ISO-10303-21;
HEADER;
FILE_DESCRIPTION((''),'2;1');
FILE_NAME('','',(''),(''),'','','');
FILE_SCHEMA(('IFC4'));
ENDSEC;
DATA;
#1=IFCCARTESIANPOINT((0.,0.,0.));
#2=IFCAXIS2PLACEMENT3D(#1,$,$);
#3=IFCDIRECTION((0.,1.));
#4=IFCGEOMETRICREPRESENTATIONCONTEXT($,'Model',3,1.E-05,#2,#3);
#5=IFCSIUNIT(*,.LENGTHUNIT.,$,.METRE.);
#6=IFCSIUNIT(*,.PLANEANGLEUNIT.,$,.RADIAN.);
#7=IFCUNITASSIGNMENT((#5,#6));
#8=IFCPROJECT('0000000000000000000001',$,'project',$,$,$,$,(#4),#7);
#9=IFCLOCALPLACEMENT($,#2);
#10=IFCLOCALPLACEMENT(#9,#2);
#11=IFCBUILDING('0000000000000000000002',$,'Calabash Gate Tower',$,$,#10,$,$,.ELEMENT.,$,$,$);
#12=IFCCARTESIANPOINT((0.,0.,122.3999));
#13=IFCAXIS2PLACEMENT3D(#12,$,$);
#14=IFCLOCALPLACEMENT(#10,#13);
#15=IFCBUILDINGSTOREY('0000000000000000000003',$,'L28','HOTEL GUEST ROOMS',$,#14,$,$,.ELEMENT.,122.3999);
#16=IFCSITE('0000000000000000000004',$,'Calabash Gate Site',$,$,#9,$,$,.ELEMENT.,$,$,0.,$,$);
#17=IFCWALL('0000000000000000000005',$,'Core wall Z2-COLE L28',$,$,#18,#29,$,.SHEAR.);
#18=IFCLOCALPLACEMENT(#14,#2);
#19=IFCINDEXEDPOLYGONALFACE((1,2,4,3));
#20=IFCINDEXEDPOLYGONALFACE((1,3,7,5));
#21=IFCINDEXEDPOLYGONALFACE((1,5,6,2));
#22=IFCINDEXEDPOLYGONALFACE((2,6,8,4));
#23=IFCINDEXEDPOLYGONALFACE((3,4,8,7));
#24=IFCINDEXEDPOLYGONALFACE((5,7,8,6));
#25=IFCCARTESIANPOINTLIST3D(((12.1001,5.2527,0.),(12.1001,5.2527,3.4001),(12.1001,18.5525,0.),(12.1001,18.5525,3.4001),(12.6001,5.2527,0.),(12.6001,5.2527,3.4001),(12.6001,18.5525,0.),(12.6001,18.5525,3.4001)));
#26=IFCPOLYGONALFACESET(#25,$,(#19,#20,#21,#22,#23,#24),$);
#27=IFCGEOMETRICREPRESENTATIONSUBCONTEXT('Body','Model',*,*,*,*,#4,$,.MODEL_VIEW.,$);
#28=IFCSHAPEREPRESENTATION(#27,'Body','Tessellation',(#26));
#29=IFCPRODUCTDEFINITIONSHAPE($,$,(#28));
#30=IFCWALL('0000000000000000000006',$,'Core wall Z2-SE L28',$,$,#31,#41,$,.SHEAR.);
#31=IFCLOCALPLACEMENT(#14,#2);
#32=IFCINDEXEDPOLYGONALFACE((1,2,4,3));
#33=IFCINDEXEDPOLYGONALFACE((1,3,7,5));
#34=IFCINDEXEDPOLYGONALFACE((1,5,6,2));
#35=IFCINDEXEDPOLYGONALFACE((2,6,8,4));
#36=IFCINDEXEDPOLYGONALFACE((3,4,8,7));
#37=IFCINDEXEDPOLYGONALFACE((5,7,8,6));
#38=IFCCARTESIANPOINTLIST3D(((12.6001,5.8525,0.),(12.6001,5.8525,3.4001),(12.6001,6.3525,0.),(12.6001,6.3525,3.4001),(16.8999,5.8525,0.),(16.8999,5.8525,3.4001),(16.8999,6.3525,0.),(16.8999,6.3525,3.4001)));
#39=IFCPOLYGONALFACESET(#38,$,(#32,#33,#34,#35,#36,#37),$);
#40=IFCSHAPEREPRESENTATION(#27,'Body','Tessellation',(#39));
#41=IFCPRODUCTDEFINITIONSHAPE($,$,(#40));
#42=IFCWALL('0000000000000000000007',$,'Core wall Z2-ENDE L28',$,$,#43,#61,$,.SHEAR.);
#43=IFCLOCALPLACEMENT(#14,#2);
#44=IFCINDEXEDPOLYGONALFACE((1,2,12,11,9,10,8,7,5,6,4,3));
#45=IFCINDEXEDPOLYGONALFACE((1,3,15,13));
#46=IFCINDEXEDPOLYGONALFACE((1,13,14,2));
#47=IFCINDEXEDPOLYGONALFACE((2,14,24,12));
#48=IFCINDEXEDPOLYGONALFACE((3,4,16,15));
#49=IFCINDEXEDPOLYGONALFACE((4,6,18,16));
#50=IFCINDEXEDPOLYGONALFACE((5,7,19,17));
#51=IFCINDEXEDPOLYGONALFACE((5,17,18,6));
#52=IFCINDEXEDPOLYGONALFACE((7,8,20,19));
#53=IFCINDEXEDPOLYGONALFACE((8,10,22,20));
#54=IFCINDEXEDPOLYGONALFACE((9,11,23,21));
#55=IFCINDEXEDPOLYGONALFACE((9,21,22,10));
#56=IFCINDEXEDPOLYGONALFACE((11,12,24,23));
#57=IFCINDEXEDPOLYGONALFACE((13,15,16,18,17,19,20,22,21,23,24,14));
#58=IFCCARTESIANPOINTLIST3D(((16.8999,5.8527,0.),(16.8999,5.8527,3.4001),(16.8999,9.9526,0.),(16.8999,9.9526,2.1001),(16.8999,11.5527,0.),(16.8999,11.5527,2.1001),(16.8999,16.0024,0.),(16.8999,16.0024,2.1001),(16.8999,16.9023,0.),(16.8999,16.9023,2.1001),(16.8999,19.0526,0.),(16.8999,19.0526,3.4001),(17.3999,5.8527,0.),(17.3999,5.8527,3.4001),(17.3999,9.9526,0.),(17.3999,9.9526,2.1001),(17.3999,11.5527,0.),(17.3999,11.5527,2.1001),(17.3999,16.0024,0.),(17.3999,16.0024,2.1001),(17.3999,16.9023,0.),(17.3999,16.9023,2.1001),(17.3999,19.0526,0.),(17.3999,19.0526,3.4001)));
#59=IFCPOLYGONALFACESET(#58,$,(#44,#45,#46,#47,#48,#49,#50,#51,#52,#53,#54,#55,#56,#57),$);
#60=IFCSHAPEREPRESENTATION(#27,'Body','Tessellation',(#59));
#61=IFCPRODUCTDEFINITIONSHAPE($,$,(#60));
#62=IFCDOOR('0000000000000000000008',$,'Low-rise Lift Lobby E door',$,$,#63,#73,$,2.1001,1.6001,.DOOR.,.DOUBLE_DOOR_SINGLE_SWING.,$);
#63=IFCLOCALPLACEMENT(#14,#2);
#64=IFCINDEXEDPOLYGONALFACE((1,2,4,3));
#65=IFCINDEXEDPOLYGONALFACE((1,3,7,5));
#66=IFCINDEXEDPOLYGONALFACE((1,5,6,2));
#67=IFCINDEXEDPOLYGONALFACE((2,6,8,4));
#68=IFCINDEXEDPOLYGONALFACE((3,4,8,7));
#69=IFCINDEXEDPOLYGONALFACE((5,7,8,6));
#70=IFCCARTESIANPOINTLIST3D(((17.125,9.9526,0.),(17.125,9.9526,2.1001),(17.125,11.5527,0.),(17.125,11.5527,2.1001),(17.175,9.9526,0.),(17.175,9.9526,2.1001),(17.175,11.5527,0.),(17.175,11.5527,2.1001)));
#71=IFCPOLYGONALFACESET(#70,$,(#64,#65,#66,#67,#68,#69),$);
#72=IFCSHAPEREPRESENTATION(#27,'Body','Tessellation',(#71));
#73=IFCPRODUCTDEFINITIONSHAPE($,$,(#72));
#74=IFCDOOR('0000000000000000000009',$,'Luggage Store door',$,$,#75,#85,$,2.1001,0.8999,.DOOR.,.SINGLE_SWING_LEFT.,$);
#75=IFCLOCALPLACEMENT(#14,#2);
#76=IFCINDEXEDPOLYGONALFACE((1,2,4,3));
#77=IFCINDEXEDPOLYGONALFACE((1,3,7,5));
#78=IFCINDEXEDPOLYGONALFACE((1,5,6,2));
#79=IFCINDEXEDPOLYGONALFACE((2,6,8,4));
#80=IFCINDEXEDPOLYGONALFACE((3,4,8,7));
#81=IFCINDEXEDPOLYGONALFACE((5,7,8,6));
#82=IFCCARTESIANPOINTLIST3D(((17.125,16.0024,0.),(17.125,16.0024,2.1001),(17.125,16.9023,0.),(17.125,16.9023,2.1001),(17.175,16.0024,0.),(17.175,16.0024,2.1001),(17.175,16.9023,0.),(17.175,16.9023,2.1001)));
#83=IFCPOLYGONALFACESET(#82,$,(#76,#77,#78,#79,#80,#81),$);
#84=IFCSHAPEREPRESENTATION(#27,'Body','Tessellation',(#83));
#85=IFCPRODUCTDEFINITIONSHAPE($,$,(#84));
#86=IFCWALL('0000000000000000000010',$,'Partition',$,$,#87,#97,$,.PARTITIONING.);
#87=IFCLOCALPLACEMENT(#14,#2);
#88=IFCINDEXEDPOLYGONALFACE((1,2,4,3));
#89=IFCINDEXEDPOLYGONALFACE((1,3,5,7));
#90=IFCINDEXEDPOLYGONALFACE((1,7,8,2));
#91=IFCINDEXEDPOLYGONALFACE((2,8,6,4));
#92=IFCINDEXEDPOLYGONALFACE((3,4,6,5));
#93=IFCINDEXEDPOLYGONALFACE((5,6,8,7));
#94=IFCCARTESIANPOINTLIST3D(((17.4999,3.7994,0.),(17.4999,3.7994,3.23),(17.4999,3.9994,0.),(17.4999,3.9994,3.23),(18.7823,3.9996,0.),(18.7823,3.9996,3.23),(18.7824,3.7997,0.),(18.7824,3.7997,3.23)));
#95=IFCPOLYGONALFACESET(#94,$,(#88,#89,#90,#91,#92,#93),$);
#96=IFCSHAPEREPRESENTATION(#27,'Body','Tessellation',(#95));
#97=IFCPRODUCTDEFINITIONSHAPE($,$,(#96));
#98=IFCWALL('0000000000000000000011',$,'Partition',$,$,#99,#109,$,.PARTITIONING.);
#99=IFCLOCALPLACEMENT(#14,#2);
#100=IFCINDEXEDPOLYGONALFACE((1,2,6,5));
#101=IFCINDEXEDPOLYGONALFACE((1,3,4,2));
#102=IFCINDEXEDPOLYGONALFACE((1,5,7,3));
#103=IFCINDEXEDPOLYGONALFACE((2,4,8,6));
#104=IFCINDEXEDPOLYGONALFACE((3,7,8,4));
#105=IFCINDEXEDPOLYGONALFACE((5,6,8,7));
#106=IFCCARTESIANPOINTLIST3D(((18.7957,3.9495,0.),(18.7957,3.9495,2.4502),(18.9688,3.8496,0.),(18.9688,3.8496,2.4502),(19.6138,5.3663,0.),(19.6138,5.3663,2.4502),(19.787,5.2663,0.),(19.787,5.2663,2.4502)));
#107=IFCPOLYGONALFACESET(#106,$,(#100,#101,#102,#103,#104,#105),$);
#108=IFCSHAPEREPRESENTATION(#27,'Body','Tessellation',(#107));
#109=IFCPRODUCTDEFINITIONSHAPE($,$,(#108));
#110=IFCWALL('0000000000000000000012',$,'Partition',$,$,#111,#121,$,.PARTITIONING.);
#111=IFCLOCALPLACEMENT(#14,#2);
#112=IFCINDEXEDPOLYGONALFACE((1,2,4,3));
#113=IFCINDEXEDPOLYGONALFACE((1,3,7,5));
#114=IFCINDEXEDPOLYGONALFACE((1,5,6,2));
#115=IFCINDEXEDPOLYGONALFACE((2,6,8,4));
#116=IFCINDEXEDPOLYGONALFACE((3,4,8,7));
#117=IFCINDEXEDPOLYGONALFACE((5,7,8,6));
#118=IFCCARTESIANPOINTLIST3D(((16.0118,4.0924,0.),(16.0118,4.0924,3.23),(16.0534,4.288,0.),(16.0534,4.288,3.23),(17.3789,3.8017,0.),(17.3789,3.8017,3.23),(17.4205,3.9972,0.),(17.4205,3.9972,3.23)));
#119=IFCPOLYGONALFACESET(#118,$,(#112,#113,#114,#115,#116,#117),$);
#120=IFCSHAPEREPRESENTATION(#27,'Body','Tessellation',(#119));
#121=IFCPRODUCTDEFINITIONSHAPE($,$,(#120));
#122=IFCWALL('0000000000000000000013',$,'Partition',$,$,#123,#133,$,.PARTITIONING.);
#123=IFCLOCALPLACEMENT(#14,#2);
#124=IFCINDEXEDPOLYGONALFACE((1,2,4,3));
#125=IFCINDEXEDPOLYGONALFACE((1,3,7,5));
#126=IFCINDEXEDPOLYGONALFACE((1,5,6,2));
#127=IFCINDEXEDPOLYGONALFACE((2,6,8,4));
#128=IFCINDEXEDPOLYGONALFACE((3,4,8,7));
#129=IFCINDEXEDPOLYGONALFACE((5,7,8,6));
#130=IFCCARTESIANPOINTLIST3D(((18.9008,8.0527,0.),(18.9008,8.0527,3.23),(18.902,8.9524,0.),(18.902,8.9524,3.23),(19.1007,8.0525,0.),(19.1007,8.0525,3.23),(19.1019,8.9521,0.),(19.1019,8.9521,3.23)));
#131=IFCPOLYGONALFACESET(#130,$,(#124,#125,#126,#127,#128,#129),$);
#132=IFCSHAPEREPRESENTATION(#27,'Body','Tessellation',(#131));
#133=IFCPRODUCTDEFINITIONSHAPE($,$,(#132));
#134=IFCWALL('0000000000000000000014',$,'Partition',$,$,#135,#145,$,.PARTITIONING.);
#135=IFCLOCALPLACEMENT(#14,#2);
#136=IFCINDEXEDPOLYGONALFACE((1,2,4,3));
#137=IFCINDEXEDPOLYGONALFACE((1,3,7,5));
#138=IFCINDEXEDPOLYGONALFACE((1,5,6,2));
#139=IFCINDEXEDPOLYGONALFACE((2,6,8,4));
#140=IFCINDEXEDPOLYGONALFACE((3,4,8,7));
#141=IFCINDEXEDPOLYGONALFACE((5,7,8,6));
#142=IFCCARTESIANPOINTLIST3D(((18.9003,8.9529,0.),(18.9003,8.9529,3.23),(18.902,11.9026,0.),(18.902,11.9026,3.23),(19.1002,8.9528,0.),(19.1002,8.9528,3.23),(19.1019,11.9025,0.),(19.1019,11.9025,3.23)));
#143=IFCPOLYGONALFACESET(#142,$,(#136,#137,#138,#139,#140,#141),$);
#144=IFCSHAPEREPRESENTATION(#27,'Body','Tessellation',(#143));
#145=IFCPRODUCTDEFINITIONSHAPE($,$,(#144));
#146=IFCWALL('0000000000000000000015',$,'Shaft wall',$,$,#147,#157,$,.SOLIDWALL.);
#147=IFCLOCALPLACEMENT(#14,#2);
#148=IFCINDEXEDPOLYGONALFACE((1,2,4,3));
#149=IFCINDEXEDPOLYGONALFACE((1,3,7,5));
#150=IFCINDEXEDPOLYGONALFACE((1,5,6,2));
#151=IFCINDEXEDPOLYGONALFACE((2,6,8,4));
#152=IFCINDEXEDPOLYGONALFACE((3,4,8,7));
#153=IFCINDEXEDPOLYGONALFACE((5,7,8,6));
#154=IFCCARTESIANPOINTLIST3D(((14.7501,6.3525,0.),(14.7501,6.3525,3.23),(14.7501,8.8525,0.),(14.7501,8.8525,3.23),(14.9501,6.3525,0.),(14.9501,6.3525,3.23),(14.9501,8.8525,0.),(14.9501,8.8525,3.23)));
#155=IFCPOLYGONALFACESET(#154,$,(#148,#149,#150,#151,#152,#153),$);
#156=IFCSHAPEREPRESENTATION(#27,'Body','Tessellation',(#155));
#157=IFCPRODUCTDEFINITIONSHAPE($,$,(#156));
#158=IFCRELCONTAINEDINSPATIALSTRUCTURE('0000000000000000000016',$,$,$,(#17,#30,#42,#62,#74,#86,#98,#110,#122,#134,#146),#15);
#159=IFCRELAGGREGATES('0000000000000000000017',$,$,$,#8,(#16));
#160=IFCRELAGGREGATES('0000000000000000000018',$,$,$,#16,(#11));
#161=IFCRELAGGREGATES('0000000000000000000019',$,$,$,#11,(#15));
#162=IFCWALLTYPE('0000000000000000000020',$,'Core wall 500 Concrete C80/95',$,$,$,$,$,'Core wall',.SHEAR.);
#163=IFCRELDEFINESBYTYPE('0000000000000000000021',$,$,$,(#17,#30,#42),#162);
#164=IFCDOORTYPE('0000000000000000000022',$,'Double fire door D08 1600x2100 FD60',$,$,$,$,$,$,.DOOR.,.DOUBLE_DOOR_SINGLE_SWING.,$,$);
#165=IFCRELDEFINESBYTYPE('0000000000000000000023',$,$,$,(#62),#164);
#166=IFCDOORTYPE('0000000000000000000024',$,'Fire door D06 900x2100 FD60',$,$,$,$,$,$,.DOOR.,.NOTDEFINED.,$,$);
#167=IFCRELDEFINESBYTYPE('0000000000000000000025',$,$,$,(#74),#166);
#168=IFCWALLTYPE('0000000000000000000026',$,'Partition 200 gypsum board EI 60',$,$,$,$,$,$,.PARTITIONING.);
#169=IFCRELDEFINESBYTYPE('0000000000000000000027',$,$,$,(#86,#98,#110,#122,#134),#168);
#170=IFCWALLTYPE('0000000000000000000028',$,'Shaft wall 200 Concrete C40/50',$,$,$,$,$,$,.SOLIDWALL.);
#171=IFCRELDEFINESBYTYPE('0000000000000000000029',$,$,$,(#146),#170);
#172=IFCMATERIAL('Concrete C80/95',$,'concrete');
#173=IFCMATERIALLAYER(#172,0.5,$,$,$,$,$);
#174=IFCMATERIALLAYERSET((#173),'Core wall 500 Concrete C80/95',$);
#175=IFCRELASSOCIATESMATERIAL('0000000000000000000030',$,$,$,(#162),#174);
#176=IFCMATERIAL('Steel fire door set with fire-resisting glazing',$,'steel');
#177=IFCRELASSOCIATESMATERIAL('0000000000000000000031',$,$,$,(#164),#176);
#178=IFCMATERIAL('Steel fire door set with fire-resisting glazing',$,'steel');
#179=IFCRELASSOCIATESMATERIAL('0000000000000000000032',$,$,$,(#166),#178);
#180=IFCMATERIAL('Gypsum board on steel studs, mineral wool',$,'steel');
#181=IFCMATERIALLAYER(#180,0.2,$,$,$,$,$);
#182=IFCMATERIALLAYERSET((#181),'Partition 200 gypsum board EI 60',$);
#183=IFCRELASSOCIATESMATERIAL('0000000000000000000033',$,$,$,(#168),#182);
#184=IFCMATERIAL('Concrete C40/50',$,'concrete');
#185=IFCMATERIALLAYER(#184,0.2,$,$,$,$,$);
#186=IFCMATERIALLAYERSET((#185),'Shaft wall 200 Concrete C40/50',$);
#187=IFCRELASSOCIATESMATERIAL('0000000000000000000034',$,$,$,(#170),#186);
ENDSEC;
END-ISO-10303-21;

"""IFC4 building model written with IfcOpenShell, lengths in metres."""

from ifc_helpers import new_model, si_unit, direction, frame, frame_2d, origin, place, context, subcontext, project, spatial, rectangle, extrude, material, layer, layer_set, type_object, element, fill, save


model = new_model("IFC4")

# Units and contexts
model_context = context("Model", 3, precision=1e-05, world=origin(), true_north=direction((0.0, 1.0)))
body_context = subcontext(model_context, "Body", "Model", "MODEL_VIEW")
ifc_project = project(units=[si_unit("LENGTHUNIT", "METRE"), si_unit("PLANEANGLEUNIT", "RADIAN")], contexts=[model_context])

# Site, building, storey
site_placement = place(None, origin())
site = spatial("IfcSite", under=ifc_project, at=site_placement, Name="Calabash Gate Site", CompositionType="ELEMENT", RefElevation=0.0)
building_placement = place(site_placement, origin())
building = spatial("IfcBuilding", under=site, at=building_placement, Name="Calabash Gate Tower", CompositionType="ELEMENT")
storey_placement = place(building_placement, frame((0.0, 0.0, 122.3999)))
storey = spatial("IfcBuildingStorey", under=building, at=storey_placement, Name="L28", Description="HOTEL GUEST ROOMS", CompositionType="ELEMENT", Elevation=122.3999)

# Walls
ifc_material_1 = material(Name="Concrete C80/95", Category="concrete")
ifc_layer_1 = layer(ifc_material_1, 0.5)
ifc_layer_set_1 = layer_set([ifc_layer_1], Name="Core wall 500 Concrete C80/95")
wall_type_1 = type_object("IfcWallType", Name="Core wall 500 Concrete C80/95", ElementType="Core wall", PredefinedType="SHEAR", material=ifc_layer_set_1)
wall_1_placement = place(storey_placement, frame((12.3501, 5.2527, 0.0), z_axis=(0.0, 0.0, 1.0), x_axis=(0.0, 1.0, 0.0)))
element("IfcWall", 1, at=wall_1_placement, inside=storey, type_object=wall_type_1, Name="Core wall Z2-COLE L28", PredefinedType="SHEAR", context=body_context, shape_type="SweptSolid", body=[
    extrude(rectangle(XDim=13.2998, YDim=0.5, at=frame_2d((6.6499, 0.0))), origin(), (0.0, 0.0, 1.0), 3.4001),
])
wall_2_placement = place(storey_placement, frame((12.6001, 6.1025, 0.0), z_axis=(0.0, 0.0, 1.0), x_axis=(1.0, 0.0, 0.0)))
element("IfcWall", 2, at=wall_2_placement, inside=storey, type_object=wall_type_1, Name="Core wall Z2-SE L28", PredefinedType="SHEAR", context=body_context, shape_type="SweptSolid", body=[
    extrude(rectangle(XDim=4.2998, YDim=0.5, at=frame_2d((2.1499, 0.0))), origin(), (0.0, 0.0, 1.0), 3.4001),
])

# Wall, openings, doors
wall_3_placement = place(storey_placement, frame((17.1499, 5.8525, 0.0), z_axis=(0.0, 0.0, 1.0), x_axis=(0.0, 1.0, 0.0)))
wall_3 = element("IfcWall", 3, at=wall_3_placement, inside=storey, type_object=wall_type_1, Name="Core wall Z2-ENDE L28", PredefinedType="SHEAR", context=body_context, shape_type="SweptSolid", body=[
    extrude(rectangle(XDim=13.2, YDim=0.5, at=frame_2d((6.6001, 0.0))), origin(), (0.0, 0.0, 1.0), 3.4001),
])
opening_1_placement = place(wall_3_placement, frame((4.1001, 0.0, 0.0)))
opening_1 = element("IfcOpeningElement", 4, at=opening_1_placement, cuts=wall_3, PredefinedType="OPENING", context=body_context, shape_type="SweptSolid", body=[
    extrude(rectangle(XDim=1.6001, YDim=2.1001, at=frame_2d((0.8, 1.05))), frame((0.0, 0.26, 0.0), z_axis=(0.0, -1.0, 0.0), x_axis=(1.0, 0.0, 0.0)), (0.0, 0.0, 1.0), 0.52),
])
opening_2_placement = place(wall_3_placement, frame((10.1499, 0.0, 0.0)))
opening_2 = element("IfcOpeningElement", 5, at=opening_2_placement, cuts=wall_3, PredefinedType="OPENING", context=body_context, shape_type="SweptSolid", body=[
    extrude(rectangle(XDim=0.8999, YDim=2.1001, at=frame_2d((0.45, 1.05))), frame((0.0, 0.26, 0.0), z_axis=(0.0, -1.0, 0.0), x_axis=(1.0, 0.0, 0.0)), (0.0, 0.0, 1.0), 0.52),
])
ifc_material_2 = material(Name="Steel fire door set with fire-resisting glazing", Category="steel")
door_type_1 = type_object("IfcDoorType", Name="Double fire door D08 1600x2100 FD60", OperationType="DOUBLE_DOOR_SINGLE_SWING", PredefinedType="DOOR", material=ifc_material_2)
door_1_placement = place(opening_1_placement, origin())
door_1 = element("IfcDoor", 6, at=door_1_placement, inside=storey, type_object=door_type_1, Name="Low-rise Lift Lobby E door", OperationType="DOUBLE_DOOR_SINGLE_SWING", OverallHeight=2.1001, OverallWidth=1.6001, PredefinedType="DOOR", context=body_context, shape_type="SweptSolid", body=[
    extrude(rectangle(XDim=1.6001, YDim=2.1001, at=frame_2d((0.8, 1.05))), frame((0.0, 0.0249, 0.0), z_axis=(0.0, -1.0, 0.0), x_axis=(1.0, 0.0, 0.0)), (0.0, 0.0, 1.0), 0.05),
])
fill(opening_1, door_1)
ifc_material_3 = material(Name="Steel fire door set with fire-resisting glazing", Category="steel")
door_type_2 = type_object("IfcDoorType", Name="Fire door D06 900x2100 FD60", OperationType="NOTDEFINED", PredefinedType="DOOR", material=ifc_material_3)
door_2_placement = place(opening_2_placement, origin())
door_2 = element("IfcDoor", 7, at=door_2_placement, inside=storey, type_object=door_type_2, Name="Luggage Store door", OperationType="SINGLE_SWING_LEFT", OverallHeight=2.1001, OverallWidth=0.8999, PredefinedType="DOOR", context=body_context, shape_type="SweptSolid", body=[
    extrude(rectangle(XDim=0.8999, YDim=2.1001, at=frame_2d((0.45, 1.05))), frame((0.0, 0.0249, 0.0), z_axis=(0.0, -1.0, 0.0), x_axis=(1.0, 0.0, 0.0)), (0.0, 0.0, 1.0), 0.05),
])
fill(opening_2, door_2)

# Walls
ifc_material_4 = material(Name="Gypsum board on steel studs, mineral wool", Category="steel")
ifc_layer_2 = layer(ifc_material_4, 0.2)
ifc_layer_set_2 = layer_set([ifc_layer_2], Name="Partition 200 gypsum board EI 60")
wall_type_2 = type_object("IfcWallType", Name="Partition 200 gypsum board EI 60", PredefinedType="PARTITIONING", material=ifc_layer_set_2)
wall_4_placement = place(storey_placement, frame((17.5, 3.8994, 0.0), z_axis=(0.0, 0.0, 1.0), x_axis=(1.0, 0.00019, 0.0)))
element("IfcWall", 8, at=wall_4_placement, inside=storey, type_object=wall_type_2, Name="Partition", PredefinedType="PARTITIONING", context=body_context, shape_type="SweptSolid", body=[
    extrude(rectangle(XDim=1.2825, YDim=0.2, at=frame_2d((0.6411, 0.0))), origin(), (0.0, 0.0, 1.0), 3.23),
])
wall_5_placement = place(storey_placement, frame((18.8823, 3.8997, 0.0), z_axis=(0.0, 0.0, 1.0), x_axis=(0.500071, 0.865984, 0.0)))
element("IfcWall", 9, at=wall_5_placement, inside=storey, type_object=wall_type_2, Name="Partition", PredefinedType="PARTITIONING", context=body_context, shape_type="SweptSolid", body=[
    extrude(rectangle(XDim=1.636, YDim=0.2, at=frame_2d((0.8179, 0.0))), origin(), (0.0, 0.0, 1.0), 2.4502),
])
wall_6_placement = place(storey_placement, frame((16.0327, 4.1902, 0.0), z_axis=(0.0, 0.0, 1.0), x_axis=(0.978123, -0.208026, 0.0)))
element("IfcWall", 10, at=wall_6_placement, inside=storey, type_object=wall_type_2, Name="Partition", PredefinedType="PARTITIONING", context=body_context, shape_type="SweptSolid", body=[
    extrude(rectangle(XDim=1.3977, YDim=0.2, at=frame_2d((0.6987, 0.0))), origin(), (0.0, 0.0, 1.0), 3.23),
])
wall_7_placement = place(storey_placement, frame((19.0007, 8.0527, 0.0), z_axis=(0.0, 0.0, 1.0), x_axis=(0.001357, 0.999999, 0.0)))
element("IfcWall", 11, at=wall_7_placement, inside=storey, type_object=wall_type_2, Name="Partition", PredefinedType="PARTITIONING", context=body_context, shape_type="SweptSolid", body=[
    extrude(rectangle(XDim=0.8997, YDim=0.2, at=frame_2d((0.4497, 0.0))), origin(), (0.0, 0.0, 1.0), 3.23),
])
wall_8_placement = place(storey_placement, frame((19.0002, 8.9529, 0.0), z_axis=(0.0, 0.0, 1.0), x_axis=(0.000579, 1.0, 0.0)))
element("IfcWall", 12, at=wall_8_placement, inside=storey, type_object=wall_type_2, Name="Partition", PredefinedType="PARTITIONING", context=body_context, shape_type="SweptSolid", body=[
    extrude(rectangle(XDim=2.9497, YDim=0.2, at=frame_2d((1.4749, 0.0))), origin(), (0.0, 0.0, 1.0), 3.23),
])
ifc_material_5 = material(Name="Concrete C40/50", Category="concrete")
ifc_layer_3 = layer(ifc_material_5, 0.2)
ifc_layer_set_3 = layer_set([ifc_layer_3], Name="Shaft wall 200 Concrete C40/50")
wall_type_3 = type_object("IfcWallType", Name="Shaft wall 200 Concrete C40/50", PredefinedType="SOLIDWALL", material=ifc_layer_set_3)
wall_9_placement = place(storey_placement, frame((14.8501, 6.3525, 0.0), z_axis=(0.0, 0.0, 1.0), x_axis=(0.0, 1.0, 0.0)))
element("IfcWall", 13, at=wall_9_placement, inside=storey, type_object=wall_type_3, Name="Shaft wall", PredefinedType="SOLIDWALL", context=body_context, shape_type="SweptSolid", body=[
    extrude(rectangle(XDim=2.5, YDim=0.2, at=frame_2d((1.25, 0.0))), origin(), (0.0, 0.0, 1.0), 3.23),
])

save(model, "model.ifc")
